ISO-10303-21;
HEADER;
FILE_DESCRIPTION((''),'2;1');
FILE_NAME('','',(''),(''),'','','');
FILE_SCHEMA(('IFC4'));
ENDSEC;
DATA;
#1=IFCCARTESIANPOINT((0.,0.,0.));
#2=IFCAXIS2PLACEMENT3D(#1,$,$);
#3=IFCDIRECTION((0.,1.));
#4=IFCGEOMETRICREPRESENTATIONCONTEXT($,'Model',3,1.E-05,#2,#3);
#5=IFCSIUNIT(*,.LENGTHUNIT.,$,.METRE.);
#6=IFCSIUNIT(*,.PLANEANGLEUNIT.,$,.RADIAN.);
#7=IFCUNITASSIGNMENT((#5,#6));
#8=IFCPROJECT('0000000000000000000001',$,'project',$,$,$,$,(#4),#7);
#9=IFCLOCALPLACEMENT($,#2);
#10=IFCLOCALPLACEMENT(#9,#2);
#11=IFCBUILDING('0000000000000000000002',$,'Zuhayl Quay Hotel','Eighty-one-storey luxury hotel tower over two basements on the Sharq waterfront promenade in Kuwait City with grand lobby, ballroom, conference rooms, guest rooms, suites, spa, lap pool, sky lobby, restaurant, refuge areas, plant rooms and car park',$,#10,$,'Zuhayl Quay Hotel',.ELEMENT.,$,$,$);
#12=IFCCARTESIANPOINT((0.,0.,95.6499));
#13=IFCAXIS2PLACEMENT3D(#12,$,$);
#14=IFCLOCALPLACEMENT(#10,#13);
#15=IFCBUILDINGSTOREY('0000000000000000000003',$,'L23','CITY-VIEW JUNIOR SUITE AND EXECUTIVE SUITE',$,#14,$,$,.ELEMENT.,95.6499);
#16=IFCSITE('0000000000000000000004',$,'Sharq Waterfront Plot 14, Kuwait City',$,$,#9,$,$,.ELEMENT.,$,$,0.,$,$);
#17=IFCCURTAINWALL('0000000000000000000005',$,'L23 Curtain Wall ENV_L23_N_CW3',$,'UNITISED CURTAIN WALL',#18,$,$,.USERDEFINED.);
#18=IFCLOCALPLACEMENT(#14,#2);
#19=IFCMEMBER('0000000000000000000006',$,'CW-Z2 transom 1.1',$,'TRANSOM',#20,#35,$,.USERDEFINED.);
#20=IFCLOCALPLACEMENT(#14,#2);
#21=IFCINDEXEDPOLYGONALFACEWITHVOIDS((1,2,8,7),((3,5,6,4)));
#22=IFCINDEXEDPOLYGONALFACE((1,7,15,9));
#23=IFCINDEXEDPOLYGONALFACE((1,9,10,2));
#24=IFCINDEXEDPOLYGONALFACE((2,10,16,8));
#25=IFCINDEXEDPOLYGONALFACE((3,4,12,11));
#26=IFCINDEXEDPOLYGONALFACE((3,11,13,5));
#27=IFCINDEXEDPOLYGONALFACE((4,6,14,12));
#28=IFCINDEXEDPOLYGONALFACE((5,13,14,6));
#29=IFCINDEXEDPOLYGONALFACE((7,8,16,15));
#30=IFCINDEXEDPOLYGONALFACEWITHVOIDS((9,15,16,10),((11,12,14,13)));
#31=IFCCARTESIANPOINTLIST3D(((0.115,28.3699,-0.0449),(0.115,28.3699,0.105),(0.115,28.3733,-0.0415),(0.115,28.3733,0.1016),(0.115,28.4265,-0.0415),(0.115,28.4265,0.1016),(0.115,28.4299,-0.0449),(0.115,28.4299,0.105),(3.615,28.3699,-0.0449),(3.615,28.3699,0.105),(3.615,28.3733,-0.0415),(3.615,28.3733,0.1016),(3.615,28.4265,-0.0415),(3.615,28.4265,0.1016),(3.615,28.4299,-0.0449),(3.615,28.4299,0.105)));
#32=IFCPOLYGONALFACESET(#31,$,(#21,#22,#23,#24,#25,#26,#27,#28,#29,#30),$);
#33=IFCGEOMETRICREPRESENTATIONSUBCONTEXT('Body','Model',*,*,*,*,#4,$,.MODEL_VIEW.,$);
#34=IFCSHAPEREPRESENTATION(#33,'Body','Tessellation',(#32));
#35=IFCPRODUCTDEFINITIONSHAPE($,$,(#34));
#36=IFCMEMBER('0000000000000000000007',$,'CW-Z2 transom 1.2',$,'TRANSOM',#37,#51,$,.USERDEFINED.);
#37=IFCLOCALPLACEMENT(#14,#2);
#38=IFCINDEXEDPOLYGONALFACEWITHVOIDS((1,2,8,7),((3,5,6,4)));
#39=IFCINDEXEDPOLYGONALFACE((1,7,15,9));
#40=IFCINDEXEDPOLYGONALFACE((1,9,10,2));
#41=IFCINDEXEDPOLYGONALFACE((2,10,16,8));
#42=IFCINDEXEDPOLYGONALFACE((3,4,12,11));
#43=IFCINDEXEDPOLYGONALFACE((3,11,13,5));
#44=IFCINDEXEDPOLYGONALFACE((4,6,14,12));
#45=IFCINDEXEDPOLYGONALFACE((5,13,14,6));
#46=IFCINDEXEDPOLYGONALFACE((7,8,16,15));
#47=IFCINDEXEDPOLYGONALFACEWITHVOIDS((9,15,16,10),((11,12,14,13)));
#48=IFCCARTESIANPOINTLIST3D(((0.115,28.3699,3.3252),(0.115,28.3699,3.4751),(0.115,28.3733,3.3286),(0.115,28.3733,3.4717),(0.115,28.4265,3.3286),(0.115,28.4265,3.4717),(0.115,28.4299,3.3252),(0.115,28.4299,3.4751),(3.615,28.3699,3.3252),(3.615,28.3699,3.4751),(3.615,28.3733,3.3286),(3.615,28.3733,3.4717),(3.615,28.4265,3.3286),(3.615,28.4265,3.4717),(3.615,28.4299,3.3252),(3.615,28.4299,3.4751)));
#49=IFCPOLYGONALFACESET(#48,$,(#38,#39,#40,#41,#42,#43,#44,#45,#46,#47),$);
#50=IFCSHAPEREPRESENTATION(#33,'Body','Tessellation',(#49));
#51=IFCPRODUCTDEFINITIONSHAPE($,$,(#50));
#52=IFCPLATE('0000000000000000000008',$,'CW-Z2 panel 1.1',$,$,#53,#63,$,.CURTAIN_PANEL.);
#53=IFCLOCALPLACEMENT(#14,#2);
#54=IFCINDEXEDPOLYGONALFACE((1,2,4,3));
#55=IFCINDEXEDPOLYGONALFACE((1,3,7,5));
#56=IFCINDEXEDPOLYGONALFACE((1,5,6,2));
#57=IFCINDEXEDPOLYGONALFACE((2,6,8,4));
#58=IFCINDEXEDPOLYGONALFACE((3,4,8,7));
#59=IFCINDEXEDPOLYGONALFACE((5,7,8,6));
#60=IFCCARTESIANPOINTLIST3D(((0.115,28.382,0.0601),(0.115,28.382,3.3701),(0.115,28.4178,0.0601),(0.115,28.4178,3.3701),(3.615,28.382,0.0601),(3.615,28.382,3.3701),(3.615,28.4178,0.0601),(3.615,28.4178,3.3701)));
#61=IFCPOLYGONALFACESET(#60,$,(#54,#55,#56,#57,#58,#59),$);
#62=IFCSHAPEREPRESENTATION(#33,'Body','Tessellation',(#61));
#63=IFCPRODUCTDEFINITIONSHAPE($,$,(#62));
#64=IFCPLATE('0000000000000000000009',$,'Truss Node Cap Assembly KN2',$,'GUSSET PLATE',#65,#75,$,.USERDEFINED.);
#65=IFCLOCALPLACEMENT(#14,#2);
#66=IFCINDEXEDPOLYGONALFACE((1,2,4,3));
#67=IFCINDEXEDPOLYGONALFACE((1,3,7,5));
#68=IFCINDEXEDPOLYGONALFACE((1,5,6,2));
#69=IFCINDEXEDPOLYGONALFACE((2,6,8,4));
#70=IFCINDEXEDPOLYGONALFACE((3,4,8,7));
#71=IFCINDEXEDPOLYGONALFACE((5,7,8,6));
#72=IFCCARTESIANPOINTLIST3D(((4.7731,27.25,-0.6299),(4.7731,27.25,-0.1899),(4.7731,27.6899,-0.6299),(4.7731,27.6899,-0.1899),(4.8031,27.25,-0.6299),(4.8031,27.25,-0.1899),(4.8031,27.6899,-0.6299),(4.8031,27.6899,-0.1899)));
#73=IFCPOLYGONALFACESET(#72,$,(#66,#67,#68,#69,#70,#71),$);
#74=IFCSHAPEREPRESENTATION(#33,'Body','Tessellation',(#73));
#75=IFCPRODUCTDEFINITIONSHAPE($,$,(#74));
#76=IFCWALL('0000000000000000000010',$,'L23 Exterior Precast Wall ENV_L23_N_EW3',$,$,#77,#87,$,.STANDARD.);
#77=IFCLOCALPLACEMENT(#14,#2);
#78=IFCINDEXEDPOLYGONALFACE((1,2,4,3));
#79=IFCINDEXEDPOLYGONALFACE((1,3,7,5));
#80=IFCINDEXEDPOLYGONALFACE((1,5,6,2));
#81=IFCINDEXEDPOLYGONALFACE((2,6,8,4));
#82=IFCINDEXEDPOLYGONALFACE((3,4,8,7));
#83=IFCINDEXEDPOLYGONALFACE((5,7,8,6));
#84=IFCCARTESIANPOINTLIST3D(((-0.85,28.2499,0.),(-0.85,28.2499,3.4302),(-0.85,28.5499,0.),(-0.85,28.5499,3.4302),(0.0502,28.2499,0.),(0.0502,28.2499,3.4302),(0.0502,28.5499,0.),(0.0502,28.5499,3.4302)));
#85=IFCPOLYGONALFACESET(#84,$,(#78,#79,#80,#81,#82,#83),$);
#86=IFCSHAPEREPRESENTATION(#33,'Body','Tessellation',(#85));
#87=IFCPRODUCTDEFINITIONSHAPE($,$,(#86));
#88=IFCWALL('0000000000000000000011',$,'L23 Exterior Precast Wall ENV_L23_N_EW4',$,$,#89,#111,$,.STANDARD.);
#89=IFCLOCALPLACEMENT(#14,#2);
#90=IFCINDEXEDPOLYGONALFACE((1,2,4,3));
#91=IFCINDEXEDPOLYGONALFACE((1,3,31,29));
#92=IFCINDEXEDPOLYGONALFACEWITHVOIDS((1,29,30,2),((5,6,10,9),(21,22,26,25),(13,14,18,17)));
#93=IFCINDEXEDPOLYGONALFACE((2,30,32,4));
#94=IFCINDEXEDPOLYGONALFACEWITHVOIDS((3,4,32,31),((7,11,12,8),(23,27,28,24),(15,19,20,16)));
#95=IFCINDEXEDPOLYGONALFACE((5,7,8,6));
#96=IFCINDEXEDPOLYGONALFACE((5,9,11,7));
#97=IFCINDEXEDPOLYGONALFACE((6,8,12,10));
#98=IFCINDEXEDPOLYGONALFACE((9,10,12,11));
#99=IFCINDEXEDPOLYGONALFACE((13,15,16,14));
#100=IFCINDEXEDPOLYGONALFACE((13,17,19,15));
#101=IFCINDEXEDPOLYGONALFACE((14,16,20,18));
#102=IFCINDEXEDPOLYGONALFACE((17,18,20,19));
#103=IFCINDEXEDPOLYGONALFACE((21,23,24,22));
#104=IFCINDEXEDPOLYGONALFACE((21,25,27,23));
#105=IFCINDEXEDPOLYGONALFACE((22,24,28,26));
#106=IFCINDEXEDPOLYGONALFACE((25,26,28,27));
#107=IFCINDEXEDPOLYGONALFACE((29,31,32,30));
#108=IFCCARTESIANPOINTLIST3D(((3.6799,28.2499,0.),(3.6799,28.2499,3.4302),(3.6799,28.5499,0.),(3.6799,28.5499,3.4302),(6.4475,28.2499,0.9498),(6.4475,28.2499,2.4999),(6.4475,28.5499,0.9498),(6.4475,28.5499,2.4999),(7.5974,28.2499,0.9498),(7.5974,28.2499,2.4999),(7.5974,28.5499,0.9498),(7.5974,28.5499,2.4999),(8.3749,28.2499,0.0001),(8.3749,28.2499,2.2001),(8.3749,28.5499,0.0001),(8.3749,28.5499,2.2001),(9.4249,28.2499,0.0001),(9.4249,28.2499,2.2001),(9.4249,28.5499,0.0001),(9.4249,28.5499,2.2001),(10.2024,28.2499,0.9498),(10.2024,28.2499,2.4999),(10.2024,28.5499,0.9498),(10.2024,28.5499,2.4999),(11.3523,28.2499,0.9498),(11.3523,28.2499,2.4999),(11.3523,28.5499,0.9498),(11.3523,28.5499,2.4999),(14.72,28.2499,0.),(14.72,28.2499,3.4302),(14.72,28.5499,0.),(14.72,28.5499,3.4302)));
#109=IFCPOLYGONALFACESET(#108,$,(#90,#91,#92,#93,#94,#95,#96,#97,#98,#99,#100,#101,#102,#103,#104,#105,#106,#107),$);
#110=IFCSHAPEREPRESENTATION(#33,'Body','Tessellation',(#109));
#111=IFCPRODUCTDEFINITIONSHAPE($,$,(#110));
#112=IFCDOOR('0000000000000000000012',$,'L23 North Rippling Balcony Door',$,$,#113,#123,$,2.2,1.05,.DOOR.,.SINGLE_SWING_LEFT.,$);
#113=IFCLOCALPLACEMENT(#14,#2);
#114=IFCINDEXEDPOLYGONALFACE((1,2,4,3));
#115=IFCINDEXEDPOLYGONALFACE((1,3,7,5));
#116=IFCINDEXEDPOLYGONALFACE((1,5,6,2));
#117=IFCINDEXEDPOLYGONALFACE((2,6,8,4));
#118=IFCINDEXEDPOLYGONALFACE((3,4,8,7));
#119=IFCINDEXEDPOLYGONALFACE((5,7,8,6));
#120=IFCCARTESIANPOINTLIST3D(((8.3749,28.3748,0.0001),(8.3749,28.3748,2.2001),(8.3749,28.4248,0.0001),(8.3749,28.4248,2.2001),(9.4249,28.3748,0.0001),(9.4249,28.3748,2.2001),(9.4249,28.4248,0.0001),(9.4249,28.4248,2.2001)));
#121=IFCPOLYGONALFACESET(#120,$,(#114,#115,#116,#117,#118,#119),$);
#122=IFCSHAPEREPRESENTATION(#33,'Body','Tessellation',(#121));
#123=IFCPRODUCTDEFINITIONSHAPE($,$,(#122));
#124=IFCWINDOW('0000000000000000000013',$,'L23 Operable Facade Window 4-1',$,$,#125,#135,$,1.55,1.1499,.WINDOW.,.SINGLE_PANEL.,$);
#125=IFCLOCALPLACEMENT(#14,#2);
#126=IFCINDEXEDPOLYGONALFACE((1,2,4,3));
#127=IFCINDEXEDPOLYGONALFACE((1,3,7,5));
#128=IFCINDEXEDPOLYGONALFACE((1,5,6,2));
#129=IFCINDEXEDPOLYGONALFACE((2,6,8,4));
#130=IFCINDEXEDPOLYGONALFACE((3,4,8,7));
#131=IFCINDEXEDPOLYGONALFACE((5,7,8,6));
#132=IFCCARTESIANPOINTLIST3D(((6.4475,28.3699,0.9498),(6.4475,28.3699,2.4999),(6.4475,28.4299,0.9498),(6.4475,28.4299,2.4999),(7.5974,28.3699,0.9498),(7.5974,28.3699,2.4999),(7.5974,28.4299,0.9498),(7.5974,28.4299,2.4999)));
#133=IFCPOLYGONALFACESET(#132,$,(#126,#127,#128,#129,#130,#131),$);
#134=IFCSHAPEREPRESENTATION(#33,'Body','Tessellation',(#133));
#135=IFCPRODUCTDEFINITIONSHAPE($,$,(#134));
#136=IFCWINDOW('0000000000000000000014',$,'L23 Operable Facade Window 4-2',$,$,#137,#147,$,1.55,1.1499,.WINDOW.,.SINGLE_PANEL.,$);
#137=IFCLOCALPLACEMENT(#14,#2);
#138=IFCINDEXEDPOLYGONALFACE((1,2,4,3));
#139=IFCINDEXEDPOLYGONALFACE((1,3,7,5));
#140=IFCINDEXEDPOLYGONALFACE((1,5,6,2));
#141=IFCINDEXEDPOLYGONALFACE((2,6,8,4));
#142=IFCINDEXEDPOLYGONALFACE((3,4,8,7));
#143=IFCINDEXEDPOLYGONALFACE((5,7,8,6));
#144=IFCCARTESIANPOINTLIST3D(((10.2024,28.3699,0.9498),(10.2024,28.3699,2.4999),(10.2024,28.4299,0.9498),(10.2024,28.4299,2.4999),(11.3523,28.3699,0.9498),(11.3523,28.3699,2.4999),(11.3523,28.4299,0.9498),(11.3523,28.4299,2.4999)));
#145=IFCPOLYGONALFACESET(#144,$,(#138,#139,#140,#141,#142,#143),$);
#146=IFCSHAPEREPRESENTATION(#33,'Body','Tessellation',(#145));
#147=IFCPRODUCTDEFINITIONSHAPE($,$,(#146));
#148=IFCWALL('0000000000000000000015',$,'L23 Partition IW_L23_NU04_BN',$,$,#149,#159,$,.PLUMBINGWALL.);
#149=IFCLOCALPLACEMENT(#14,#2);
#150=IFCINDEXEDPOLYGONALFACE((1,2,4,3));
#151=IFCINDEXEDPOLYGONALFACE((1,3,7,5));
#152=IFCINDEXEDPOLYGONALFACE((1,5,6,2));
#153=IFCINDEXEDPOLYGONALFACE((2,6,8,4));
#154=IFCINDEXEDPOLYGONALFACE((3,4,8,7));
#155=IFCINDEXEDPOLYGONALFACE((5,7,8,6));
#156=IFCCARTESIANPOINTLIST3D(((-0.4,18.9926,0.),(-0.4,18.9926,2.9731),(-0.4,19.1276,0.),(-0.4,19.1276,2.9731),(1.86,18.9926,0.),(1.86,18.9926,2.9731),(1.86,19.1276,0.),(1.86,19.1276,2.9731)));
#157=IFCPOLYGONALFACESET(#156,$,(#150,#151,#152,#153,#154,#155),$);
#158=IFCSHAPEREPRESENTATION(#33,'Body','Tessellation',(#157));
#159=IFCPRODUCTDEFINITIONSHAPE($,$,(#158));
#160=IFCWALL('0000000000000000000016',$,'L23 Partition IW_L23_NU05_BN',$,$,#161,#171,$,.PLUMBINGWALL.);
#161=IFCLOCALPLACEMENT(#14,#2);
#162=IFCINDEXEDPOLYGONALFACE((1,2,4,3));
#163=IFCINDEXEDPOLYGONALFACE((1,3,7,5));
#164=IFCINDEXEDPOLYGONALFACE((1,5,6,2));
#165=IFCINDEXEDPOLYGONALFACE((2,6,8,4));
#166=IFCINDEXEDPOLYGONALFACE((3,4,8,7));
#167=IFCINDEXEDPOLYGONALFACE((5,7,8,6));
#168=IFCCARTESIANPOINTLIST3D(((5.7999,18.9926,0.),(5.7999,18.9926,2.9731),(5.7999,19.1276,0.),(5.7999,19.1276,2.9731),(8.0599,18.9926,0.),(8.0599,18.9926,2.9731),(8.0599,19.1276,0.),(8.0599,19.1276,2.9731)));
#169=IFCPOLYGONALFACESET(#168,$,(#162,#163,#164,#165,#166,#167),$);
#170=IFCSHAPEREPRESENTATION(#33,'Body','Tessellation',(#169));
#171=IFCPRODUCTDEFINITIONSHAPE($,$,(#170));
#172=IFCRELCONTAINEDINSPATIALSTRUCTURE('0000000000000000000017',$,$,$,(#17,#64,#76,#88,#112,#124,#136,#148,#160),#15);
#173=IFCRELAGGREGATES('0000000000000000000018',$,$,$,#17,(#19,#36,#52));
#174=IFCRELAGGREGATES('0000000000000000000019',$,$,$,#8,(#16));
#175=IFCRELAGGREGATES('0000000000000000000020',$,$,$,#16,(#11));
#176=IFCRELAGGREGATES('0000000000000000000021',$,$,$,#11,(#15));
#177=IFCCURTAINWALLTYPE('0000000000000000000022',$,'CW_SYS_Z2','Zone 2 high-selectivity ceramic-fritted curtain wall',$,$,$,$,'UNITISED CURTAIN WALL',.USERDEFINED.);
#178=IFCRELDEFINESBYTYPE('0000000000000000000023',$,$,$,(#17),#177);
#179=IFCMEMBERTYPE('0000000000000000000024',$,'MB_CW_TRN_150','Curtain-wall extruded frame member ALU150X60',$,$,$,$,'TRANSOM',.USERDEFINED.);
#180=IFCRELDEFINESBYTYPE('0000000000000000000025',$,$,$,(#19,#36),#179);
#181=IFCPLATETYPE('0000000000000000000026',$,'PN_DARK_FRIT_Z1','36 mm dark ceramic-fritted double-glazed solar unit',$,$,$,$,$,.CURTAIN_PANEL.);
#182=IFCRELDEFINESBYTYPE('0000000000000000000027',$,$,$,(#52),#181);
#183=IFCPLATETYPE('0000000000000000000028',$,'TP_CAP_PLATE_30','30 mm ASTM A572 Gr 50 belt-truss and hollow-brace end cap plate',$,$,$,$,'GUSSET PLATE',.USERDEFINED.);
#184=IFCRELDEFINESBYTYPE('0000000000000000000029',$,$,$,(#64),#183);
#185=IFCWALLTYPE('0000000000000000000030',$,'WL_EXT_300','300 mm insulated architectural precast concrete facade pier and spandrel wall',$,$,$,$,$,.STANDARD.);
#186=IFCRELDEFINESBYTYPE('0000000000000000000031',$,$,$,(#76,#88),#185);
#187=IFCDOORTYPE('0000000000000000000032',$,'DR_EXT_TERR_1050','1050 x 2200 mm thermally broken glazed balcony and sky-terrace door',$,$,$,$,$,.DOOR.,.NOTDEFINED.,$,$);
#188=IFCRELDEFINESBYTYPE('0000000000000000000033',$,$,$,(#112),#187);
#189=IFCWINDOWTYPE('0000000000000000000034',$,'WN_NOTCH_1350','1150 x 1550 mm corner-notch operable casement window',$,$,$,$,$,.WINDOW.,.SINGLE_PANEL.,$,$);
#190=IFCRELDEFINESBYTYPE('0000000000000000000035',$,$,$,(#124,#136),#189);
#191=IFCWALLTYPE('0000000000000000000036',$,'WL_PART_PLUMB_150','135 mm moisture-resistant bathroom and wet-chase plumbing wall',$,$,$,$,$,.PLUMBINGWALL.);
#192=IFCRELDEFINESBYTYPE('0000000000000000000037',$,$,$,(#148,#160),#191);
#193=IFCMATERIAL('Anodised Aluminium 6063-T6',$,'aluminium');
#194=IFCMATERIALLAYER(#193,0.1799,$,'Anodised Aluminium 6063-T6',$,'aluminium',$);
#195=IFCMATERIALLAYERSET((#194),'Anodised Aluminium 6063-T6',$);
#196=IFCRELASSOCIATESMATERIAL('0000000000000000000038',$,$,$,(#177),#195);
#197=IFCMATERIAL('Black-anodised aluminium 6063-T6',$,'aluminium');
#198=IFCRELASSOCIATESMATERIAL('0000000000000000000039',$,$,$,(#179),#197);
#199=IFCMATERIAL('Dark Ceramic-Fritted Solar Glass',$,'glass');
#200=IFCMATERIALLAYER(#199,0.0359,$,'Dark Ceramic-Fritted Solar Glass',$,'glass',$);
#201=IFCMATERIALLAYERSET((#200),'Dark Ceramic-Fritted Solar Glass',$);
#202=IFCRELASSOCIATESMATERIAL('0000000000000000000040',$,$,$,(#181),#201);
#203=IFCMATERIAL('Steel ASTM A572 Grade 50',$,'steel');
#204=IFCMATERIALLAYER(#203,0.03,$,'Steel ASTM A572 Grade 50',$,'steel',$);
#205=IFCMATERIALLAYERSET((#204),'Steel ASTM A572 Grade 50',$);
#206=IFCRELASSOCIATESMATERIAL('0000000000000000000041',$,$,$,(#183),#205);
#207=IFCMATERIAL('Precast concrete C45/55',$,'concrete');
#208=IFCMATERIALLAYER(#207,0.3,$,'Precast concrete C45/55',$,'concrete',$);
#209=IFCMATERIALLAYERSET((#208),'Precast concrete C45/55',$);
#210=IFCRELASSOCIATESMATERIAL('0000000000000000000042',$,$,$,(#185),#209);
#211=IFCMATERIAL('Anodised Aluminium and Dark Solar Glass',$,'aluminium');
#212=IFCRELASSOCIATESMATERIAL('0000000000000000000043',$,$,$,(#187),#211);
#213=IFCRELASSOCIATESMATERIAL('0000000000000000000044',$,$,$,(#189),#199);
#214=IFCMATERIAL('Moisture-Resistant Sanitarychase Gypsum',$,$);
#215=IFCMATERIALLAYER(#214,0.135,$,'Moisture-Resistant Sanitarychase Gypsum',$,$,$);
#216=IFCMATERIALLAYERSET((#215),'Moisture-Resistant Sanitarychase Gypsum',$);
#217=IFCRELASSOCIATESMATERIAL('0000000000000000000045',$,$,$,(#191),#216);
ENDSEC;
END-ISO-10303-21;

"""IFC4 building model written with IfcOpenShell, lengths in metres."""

from ifc_helpers import new_model, si_unit, direction, frame, frame_2d, origin, origin_2d, place, context, subcontext, project, spatial, rectangle, hollow_rectangle, extrude, material, layer, layer_set, material_profile, profile_set, type_object, element, fill, aggregate, save


model = new_model("IFC4")

# Units and contexts
model_context = context("Model", 3, precision=1e-05, world=origin(), true_north=direction((0.0, 1.0)))
body_context = subcontext(model_context, "Body", "Model", "MODEL_VIEW")
ifc_project = project(units=[si_unit("LENGTHUNIT", "METRE"), si_unit("PLANEANGLEUNIT", "RADIAN")], contexts=[model_context])

# Site, building, storey
site_placement = place(None, origin())
site = spatial("IfcSite", under=ifc_project, at=site_placement, Name="Sharq Waterfront Plot 14, Kuwait City", CompositionType="ELEMENT", RefElevation=0.0)
building_placement = place(site_placement, origin())
building = spatial("IfcBuilding", under=site, at=building_placement, Name="Zuhayl Quay Hotel", Description="Eighty-one-storey luxury hotel tower over two basements on the Sharq waterfront promenade in Kuwait City with grand lobby, ballroom, conference rooms, guest rooms, suites, spa, lap pool, sky lobby, restaurant, refuge areas, plant rooms and car park", LongName="Zuhayl Quay Hotel", CompositionType="ELEMENT")
storey_placement = place(building_placement, frame((0.0, 0.0, 95.6499)))
storey = spatial("IfcBuildingStorey", under=building, at=storey_placement, Name="L23", Description="CITY-VIEW JUNIOR SUITE AND EXECUTIVE SUITE", CompositionType="ELEMENT", Elevation=95.6499)

# Shared definitions
ifc_material_1 = material(Name="Anodised Aluminium 6063-T6", Category="aluminium")
ifc_layer_1 = layer(ifc_material_1, 0.1799, Name="Anodised Aluminium 6063-T6", Category="aluminium")
ifc_layer_set_1 = layer_set([ifc_layer_1], Name="Anodised Aluminium 6063-T6")
curtain_wall_type = type_object("IfcCurtainWallType", Name="CW_SYS_Z2", Description="Zone 2 high-selectivity ceramic-fritted curtain wall", ElementType="UNITISED CURTAIN WALL", PredefinedType="USERDEFINED", material=ifc_layer_set_1)
ifc_material_2 = material(Name="Black-anodised aluminium 6063-T6", Category="aluminium")

# Curtain wall, members, plate
curtain_wall_1_placement = place(storey_placement, origin())
curtain_wall_1 = element("IfcCurtainWall", 1, at=curtain_wall_1_placement, inside=storey, type_object=curtain_wall_type, Name="L23 Curtain Wall ENV_L23_N_CW3", ObjectType="UNITISED CURTAIN WALL", PredefinedType="USERDEFINED")
ifc_material_profile_1 = material_profile(ifc_material_2, hollow_rectangle(XDim=0.0601, YDim=0.1499, WallThickness=0.0034, at=origin_2d()), Name="ALU150X60")
ifc_profile_set_1 = profile_set([ifc_material_profile_1], Name="Black-anodised aluminium 6063-T6")
member_type_1 = type_object("IfcMemberType", Name="MB_CW_TRN_150", Description="Curtain-wall extruded frame member ALU150X60", ElementType="TRANSOM", PredefinedType="USERDEFINED", material=ifc_profile_set_1)
member_1_placement = place(storey_placement, frame((0.115, 28.3999, 0.03), z_axis=(1.0, 0.0, 0.0), x_axis=(0.0, 1.0, 0.0)))
member_1 = element("IfcMember", 2, at=member_1_placement, type_object=member_type_1, Name="CW-Z2 transom 1.1", ObjectType="TRANSOM", PredefinedType="USERDEFINED", context=body_context, shape_type="SweptSolid", body=[
    extrude(hollow_rectangle(XDim=0.0601, YDim=0.1499, WallThickness=0.0034, at=origin_2d()), origin(), (0.0, 0.0, 1.0), 3.5),
])
member_2_placement = place(storey_placement, frame((0.115, 28.3999, 3.4001), z_axis=(1.0, 0.0, 0.0), x_axis=(0.0, 1.0, 0.0)))
member_2 = element("IfcMember", 3, at=member_2_placement, type_object=member_type_1, Name="CW-Z2 transom 1.2", ObjectType="TRANSOM", PredefinedType="USERDEFINED", context=body_context, shape_type="SweptSolid", body=[
    extrude(hollow_rectangle(XDim=0.0601, YDim=0.1499, WallThickness=0.0034, at=origin_2d()), origin(), (0.0, 0.0, 1.0), 3.5),
])
ifc_material_3 = material(Name="Dark Ceramic-Fritted Solar Glass", Category="glass")
ifc_layer_2 = layer(ifc_material_3, 0.0359, Name="Dark Ceramic-Fritted Solar Glass", Category="glass")
ifc_layer_set_2 = layer_set([ifc_layer_2], Name="Dark Ceramic-Fritted Solar Glass")
plate_type_1 = type_object("IfcPlateType", Name="PN_DARK_FRIT_Z1", Description="36 mm dark ceramic-fritted double-glazed solar unit", PredefinedType="CURTAIN_PANEL", material=ifc_layer_set_2)
plate_1_placement = place(storey_placement, frame((1.865, 28.3999, 0.0601), z_axis=(0.0, 0.0, 1.0), x_axis=(1.0, 0.0, 0.0)))
plate_1 = element("IfcPlate", 4, at=plate_1_placement, type_object=plate_type_1, Name="CW-Z2 panel 1.1", PredefinedType="CURTAIN_PANEL", context=body_context, shape_type="SweptSolid", body=[
    extrude(rectangle(XDim=3.5, YDim=0.0359, at=origin_2d()), origin(), (0.0, 0.0, 1.0), 3.3101),
])
aggregate(curtain_wall_1, [member_1, member_2, plate_1])

# Plate
ifc_material_4 = material(Name="Steel ASTM A572 Grade 50", Category="steel")
ifc_layer_3 = layer(ifc_material_4, 0.03, Name="Steel ASTM A572 Grade 50", Category="steel")
ifc_layer_set_3 = layer_set([ifc_layer_3], Name="Steel ASTM A572 Grade 50")
plate_type_2 = type_object("IfcPlateType", Name="TP_CAP_PLATE_30", Description="30 mm ASTM A572 Gr 50 belt-truss and hollow-brace end cap plate", ElementType="GUSSET PLATE", PredefinedType="USERDEFINED", material=ifc_layer_set_3)
plate_2_placement = place(storey_placement, frame((4.7881, 27.47, -0.6299), z_axis=(0.0, 0.0, 1.0), x_axis=(-1.0, 0.0, 0.0)))
element("IfcPlate", 5, at=plate_2_placement, inside=storey, type_object=plate_type_2, Name="Truss Node Cap Assembly KN2", ObjectType="GUSSET PLATE", PredefinedType="USERDEFINED", context=body_context, shape_type="SweptSolid", body=[
    extrude(rectangle(XDim=0.03, YDim=0.4399, at=origin_2d()), origin(), (0.0, 0.0, 1.0), 0.4399),
])

# Wall
ifc_material_5 = material(Name="Precast concrete C45/55", Category="concrete")
ifc_layer_4 = layer(ifc_material_5, 0.3, Name="Precast concrete C45/55", Category="concrete")
ifc_layer_set_4 = layer_set([ifc_layer_4], Name="Precast concrete C45/55")
wall_type_1 = type_object("IfcWallType", Name="WL_EXT_300", Description="300 mm insulated architectural precast concrete facade pier and spandrel wall", PredefinedType="STANDARD", material=ifc_layer_set_4)
wall_1_placement = place(storey_placement, frame((-0.8501, 28.3999, 0.0), z_axis=(0.0, 0.0, 1.0), x_axis=(1.0, 0.0, 0.0)))
element("IfcWall", 6, at=wall_1_placement, inside=storey, type_object=wall_type_1, Name="L23 Exterior Precast Wall ENV_L23_N_EW3", PredefinedType="STANDARD", context=body_context, shape_type="SweptSolid", body=[
    extrude(rectangle(XDim=0.9001, YDim=0.3, at=frame_2d((0.4502, 0.0))), origin(), (0.0, 0.0, 1.0), 3.4302),
])

# Wall, openings, door, windows
wall_2_placement = place(storey_placement, frame((3.6799, 28.3999, 0.0), z_axis=(0.0, 0.0, 1.0), x_axis=(1.0, 0.0, 0.0)))
wall_2 = element("IfcWall", 7, at=wall_2_placement, inside=storey, type_object=wall_type_1, Name="L23 Exterior Precast Wall ENV_L23_N_EW4", PredefinedType="STANDARD", context=body_context, shape_type="SweptSolid", body=[
    extrude(rectangle(XDim=11.04, YDim=0.3, at=frame_2d((5.52, 0.0))), origin(), (0.0, 0.0, 1.0), 3.4302),
])
opening_1_placement = place(wall_2_placement, frame((4.6951, 0.0, 0.0)))
opening_1 = element("IfcOpeningElement", 8, at=opening_1_placement, cuts=wall_2, PredefinedType="OPENING", context=body_context, shape_type="SweptSolid", body=[
    extrude(rectangle(XDim=1.05, YDim=2.2, at=frame_2d((0.5249, 1.1001))), frame((0.0, 0.1599, 0.0), z_axis=(0.0, -1.0, 0.0), x_axis=(1.0, 0.0, 0.0)), (0.0, 0.0, 1.0), 0.3201),
])
opening_2_placement = place(wall_2_placement, frame((2.7676, 0.0, 0.95)))
opening_2 = element("IfcOpeningElement", 9, at=opening_2_placement, cuts=wall_2, PredefinedType="OPENING", context=body_context, shape_type="SweptSolid", body=[
    extrude(rectangle(XDim=1.1499, YDim=1.55, at=frame_2d((0.575, 0.7749))), frame((0.0, 0.1599, 0.0), z_axis=(0.0, -1.0, 0.0), x_axis=(1.0, 0.0, 0.0)), (0.0, 0.0, 1.0), 0.3201),
])
opening_3_placement = place(wall_2_placement, frame((6.5225, 0.0, 0.95)))
opening_3 = element("IfcOpeningElement", 10, at=opening_3_placement, cuts=wall_2, PredefinedType="OPENING", context=body_context, shape_type="SweptSolid", body=[
    extrude(rectangle(XDim=1.1499, YDim=1.55, at=frame_2d((0.575, 0.7749))), frame((0.0, 0.1599, 0.0), z_axis=(0.0, -1.0, 0.0), x_axis=(1.0, 0.0, 0.0)), (0.0, 0.0, 1.0), 0.3201),
])
ifc_material_6 = material(Name="Anodised Aluminium and Dark Solar Glass", Category="aluminium")
door_type = type_object("IfcDoorType", Name="DR_EXT_TERR_1050", Description="1050 x 2200 mm thermally broken glazed balcony and sky-terrace door", OperationType="NOTDEFINED", PredefinedType="DOOR", material=ifc_material_6)
door_placement = place(opening_1_placement, origin())
door = element("IfcDoor", 11, at=door_placement, inside=storey, type_object=door_type, Name="L23 North Rippling Balcony Door", OperationType="SINGLE_SWING_LEFT", OverallHeight=2.2, OverallWidth=1.05, PredefinedType="DOOR", context=body_context, shape_type="SweptSolid", body=[
    extrude(rectangle(XDim=1.05, YDim=2.2, at=frame_2d((0.5249, 1.1001))), frame((0.0, 0.0249, 0.0), z_axis=(0.0, -1.0, 0.0), x_axis=(1.0, 0.0, 0.0)), (0.0, 0.0, 1.0), 0.05),
])
fill(opening_1, door)
window_type = type_object("IfcWindowType", Name="WN_NOTCH_1350", Description="1150 x 1550 mm corner-notch operable casement window", PartitioningType="SINGLE_PANEL", PredefinedType="WINDOW", material=ifc_material_3)
window_1_placement = place(opening_2_placement, origin())
window_1 = element("IfcWindow", 12, at=window_1_placement, inside=storey, type_object=window_type, Name="L23 Operable Facade Window 4-1", OverallHeight=1.55, OverallWidth=1.1499, PartitioningType="SINGLE_PANEL", PredefinedType="WINDOW", context=body_context, shape_type="SweptSolid", body=[
    extrude(rectangle(XDim=1.1499, YDim=1.55, at=frame_2d((0.575, 0.7749))), frame((0.0, 0.03, 0.0), z_axis=(0.0, -1.0, 0.0), x_axis=(1.0, 0.0, 0.0)), (0.0, 0.0, 1.0), 0.0601),
])
fill(opening_2, window_1)
window_2_placement = place(opening_3_placement, origin())
window_2 = element("IfcWindow", 13, at=window_2_placement, inside=storey, type_object=window_type, Name="L23 Operable Facade Window 4-2", OverallHeight=1.55, OverallWidth=1.1499, PartitioningType="SINGLE_PANEL", PredefinedType="WINDOW", context=body_context, shape_type="SweptSolid", body=[
    extrude(rectangle(XDim=1.1499, YDim=1.55, at=frame_2d((0.575, 0.7749))), frame((0.0, 0.03, 0.0), z_axis=(0.0, -1.0, 0.0), x_axis=(1.0, 0.0, 0.0)), (0.0, 0.0, 1.0), 0.0601),
])
fill(opening_3, window_2)

# Walls
ifc_material_7 = material(Name="Moisture-Resistant Sanitarychase Gypsum")
ifc_layer_5 = layer(ifc_material_7, 0.135, Name="Moisture-Resistant Sanitarychase Gypsum")
ifc_layer_set_5 = layer_set([ifc_layer_5], Name="Moisture-Resistant Sanitarychase Gypsum")
wall_type_2 = type_object("IfcWallType", Name="WL_PART_PLUMB_150", Description="135 mm moisture-resistant bathroom and wet-chase plumbing wall", PredefinedType="PLUMBINGWALL", material=ifc_layer_set_5)
for number, where, z_axis, x_axis, name in (
    (14, (-0.3999, 19.0601, 0.0), (0.0, 0.0, 1.0), (1.0, 0.0, 0.0), "L23 Partition IW_L23_NU04_BN"),
    (15, (5.8, 19.0601, 0.0), (0.0, 0.0, 1.0), (1.0, 0.0, 0.0), "L23 Partition IW_L23_NU05_BN"),
):
    element("IfcWall", number, at=place(storey_placement, frame(where, z_axis=z_axis, x_axis=x_axis)), inside=storey, type_object=wall_type_2, Name=name, PredefinedType="PLUMBINGWALL", context=body_context, shape_type="SweptSolid", body=[
        extrude(rectangle(XDim=2.26, YDim=0.135, at=frame_2d((1.1299, 0.0))), origin(), (0.0, 0.0, 1.0), 2.9731),
    ])

save(model, "model.ifc")
